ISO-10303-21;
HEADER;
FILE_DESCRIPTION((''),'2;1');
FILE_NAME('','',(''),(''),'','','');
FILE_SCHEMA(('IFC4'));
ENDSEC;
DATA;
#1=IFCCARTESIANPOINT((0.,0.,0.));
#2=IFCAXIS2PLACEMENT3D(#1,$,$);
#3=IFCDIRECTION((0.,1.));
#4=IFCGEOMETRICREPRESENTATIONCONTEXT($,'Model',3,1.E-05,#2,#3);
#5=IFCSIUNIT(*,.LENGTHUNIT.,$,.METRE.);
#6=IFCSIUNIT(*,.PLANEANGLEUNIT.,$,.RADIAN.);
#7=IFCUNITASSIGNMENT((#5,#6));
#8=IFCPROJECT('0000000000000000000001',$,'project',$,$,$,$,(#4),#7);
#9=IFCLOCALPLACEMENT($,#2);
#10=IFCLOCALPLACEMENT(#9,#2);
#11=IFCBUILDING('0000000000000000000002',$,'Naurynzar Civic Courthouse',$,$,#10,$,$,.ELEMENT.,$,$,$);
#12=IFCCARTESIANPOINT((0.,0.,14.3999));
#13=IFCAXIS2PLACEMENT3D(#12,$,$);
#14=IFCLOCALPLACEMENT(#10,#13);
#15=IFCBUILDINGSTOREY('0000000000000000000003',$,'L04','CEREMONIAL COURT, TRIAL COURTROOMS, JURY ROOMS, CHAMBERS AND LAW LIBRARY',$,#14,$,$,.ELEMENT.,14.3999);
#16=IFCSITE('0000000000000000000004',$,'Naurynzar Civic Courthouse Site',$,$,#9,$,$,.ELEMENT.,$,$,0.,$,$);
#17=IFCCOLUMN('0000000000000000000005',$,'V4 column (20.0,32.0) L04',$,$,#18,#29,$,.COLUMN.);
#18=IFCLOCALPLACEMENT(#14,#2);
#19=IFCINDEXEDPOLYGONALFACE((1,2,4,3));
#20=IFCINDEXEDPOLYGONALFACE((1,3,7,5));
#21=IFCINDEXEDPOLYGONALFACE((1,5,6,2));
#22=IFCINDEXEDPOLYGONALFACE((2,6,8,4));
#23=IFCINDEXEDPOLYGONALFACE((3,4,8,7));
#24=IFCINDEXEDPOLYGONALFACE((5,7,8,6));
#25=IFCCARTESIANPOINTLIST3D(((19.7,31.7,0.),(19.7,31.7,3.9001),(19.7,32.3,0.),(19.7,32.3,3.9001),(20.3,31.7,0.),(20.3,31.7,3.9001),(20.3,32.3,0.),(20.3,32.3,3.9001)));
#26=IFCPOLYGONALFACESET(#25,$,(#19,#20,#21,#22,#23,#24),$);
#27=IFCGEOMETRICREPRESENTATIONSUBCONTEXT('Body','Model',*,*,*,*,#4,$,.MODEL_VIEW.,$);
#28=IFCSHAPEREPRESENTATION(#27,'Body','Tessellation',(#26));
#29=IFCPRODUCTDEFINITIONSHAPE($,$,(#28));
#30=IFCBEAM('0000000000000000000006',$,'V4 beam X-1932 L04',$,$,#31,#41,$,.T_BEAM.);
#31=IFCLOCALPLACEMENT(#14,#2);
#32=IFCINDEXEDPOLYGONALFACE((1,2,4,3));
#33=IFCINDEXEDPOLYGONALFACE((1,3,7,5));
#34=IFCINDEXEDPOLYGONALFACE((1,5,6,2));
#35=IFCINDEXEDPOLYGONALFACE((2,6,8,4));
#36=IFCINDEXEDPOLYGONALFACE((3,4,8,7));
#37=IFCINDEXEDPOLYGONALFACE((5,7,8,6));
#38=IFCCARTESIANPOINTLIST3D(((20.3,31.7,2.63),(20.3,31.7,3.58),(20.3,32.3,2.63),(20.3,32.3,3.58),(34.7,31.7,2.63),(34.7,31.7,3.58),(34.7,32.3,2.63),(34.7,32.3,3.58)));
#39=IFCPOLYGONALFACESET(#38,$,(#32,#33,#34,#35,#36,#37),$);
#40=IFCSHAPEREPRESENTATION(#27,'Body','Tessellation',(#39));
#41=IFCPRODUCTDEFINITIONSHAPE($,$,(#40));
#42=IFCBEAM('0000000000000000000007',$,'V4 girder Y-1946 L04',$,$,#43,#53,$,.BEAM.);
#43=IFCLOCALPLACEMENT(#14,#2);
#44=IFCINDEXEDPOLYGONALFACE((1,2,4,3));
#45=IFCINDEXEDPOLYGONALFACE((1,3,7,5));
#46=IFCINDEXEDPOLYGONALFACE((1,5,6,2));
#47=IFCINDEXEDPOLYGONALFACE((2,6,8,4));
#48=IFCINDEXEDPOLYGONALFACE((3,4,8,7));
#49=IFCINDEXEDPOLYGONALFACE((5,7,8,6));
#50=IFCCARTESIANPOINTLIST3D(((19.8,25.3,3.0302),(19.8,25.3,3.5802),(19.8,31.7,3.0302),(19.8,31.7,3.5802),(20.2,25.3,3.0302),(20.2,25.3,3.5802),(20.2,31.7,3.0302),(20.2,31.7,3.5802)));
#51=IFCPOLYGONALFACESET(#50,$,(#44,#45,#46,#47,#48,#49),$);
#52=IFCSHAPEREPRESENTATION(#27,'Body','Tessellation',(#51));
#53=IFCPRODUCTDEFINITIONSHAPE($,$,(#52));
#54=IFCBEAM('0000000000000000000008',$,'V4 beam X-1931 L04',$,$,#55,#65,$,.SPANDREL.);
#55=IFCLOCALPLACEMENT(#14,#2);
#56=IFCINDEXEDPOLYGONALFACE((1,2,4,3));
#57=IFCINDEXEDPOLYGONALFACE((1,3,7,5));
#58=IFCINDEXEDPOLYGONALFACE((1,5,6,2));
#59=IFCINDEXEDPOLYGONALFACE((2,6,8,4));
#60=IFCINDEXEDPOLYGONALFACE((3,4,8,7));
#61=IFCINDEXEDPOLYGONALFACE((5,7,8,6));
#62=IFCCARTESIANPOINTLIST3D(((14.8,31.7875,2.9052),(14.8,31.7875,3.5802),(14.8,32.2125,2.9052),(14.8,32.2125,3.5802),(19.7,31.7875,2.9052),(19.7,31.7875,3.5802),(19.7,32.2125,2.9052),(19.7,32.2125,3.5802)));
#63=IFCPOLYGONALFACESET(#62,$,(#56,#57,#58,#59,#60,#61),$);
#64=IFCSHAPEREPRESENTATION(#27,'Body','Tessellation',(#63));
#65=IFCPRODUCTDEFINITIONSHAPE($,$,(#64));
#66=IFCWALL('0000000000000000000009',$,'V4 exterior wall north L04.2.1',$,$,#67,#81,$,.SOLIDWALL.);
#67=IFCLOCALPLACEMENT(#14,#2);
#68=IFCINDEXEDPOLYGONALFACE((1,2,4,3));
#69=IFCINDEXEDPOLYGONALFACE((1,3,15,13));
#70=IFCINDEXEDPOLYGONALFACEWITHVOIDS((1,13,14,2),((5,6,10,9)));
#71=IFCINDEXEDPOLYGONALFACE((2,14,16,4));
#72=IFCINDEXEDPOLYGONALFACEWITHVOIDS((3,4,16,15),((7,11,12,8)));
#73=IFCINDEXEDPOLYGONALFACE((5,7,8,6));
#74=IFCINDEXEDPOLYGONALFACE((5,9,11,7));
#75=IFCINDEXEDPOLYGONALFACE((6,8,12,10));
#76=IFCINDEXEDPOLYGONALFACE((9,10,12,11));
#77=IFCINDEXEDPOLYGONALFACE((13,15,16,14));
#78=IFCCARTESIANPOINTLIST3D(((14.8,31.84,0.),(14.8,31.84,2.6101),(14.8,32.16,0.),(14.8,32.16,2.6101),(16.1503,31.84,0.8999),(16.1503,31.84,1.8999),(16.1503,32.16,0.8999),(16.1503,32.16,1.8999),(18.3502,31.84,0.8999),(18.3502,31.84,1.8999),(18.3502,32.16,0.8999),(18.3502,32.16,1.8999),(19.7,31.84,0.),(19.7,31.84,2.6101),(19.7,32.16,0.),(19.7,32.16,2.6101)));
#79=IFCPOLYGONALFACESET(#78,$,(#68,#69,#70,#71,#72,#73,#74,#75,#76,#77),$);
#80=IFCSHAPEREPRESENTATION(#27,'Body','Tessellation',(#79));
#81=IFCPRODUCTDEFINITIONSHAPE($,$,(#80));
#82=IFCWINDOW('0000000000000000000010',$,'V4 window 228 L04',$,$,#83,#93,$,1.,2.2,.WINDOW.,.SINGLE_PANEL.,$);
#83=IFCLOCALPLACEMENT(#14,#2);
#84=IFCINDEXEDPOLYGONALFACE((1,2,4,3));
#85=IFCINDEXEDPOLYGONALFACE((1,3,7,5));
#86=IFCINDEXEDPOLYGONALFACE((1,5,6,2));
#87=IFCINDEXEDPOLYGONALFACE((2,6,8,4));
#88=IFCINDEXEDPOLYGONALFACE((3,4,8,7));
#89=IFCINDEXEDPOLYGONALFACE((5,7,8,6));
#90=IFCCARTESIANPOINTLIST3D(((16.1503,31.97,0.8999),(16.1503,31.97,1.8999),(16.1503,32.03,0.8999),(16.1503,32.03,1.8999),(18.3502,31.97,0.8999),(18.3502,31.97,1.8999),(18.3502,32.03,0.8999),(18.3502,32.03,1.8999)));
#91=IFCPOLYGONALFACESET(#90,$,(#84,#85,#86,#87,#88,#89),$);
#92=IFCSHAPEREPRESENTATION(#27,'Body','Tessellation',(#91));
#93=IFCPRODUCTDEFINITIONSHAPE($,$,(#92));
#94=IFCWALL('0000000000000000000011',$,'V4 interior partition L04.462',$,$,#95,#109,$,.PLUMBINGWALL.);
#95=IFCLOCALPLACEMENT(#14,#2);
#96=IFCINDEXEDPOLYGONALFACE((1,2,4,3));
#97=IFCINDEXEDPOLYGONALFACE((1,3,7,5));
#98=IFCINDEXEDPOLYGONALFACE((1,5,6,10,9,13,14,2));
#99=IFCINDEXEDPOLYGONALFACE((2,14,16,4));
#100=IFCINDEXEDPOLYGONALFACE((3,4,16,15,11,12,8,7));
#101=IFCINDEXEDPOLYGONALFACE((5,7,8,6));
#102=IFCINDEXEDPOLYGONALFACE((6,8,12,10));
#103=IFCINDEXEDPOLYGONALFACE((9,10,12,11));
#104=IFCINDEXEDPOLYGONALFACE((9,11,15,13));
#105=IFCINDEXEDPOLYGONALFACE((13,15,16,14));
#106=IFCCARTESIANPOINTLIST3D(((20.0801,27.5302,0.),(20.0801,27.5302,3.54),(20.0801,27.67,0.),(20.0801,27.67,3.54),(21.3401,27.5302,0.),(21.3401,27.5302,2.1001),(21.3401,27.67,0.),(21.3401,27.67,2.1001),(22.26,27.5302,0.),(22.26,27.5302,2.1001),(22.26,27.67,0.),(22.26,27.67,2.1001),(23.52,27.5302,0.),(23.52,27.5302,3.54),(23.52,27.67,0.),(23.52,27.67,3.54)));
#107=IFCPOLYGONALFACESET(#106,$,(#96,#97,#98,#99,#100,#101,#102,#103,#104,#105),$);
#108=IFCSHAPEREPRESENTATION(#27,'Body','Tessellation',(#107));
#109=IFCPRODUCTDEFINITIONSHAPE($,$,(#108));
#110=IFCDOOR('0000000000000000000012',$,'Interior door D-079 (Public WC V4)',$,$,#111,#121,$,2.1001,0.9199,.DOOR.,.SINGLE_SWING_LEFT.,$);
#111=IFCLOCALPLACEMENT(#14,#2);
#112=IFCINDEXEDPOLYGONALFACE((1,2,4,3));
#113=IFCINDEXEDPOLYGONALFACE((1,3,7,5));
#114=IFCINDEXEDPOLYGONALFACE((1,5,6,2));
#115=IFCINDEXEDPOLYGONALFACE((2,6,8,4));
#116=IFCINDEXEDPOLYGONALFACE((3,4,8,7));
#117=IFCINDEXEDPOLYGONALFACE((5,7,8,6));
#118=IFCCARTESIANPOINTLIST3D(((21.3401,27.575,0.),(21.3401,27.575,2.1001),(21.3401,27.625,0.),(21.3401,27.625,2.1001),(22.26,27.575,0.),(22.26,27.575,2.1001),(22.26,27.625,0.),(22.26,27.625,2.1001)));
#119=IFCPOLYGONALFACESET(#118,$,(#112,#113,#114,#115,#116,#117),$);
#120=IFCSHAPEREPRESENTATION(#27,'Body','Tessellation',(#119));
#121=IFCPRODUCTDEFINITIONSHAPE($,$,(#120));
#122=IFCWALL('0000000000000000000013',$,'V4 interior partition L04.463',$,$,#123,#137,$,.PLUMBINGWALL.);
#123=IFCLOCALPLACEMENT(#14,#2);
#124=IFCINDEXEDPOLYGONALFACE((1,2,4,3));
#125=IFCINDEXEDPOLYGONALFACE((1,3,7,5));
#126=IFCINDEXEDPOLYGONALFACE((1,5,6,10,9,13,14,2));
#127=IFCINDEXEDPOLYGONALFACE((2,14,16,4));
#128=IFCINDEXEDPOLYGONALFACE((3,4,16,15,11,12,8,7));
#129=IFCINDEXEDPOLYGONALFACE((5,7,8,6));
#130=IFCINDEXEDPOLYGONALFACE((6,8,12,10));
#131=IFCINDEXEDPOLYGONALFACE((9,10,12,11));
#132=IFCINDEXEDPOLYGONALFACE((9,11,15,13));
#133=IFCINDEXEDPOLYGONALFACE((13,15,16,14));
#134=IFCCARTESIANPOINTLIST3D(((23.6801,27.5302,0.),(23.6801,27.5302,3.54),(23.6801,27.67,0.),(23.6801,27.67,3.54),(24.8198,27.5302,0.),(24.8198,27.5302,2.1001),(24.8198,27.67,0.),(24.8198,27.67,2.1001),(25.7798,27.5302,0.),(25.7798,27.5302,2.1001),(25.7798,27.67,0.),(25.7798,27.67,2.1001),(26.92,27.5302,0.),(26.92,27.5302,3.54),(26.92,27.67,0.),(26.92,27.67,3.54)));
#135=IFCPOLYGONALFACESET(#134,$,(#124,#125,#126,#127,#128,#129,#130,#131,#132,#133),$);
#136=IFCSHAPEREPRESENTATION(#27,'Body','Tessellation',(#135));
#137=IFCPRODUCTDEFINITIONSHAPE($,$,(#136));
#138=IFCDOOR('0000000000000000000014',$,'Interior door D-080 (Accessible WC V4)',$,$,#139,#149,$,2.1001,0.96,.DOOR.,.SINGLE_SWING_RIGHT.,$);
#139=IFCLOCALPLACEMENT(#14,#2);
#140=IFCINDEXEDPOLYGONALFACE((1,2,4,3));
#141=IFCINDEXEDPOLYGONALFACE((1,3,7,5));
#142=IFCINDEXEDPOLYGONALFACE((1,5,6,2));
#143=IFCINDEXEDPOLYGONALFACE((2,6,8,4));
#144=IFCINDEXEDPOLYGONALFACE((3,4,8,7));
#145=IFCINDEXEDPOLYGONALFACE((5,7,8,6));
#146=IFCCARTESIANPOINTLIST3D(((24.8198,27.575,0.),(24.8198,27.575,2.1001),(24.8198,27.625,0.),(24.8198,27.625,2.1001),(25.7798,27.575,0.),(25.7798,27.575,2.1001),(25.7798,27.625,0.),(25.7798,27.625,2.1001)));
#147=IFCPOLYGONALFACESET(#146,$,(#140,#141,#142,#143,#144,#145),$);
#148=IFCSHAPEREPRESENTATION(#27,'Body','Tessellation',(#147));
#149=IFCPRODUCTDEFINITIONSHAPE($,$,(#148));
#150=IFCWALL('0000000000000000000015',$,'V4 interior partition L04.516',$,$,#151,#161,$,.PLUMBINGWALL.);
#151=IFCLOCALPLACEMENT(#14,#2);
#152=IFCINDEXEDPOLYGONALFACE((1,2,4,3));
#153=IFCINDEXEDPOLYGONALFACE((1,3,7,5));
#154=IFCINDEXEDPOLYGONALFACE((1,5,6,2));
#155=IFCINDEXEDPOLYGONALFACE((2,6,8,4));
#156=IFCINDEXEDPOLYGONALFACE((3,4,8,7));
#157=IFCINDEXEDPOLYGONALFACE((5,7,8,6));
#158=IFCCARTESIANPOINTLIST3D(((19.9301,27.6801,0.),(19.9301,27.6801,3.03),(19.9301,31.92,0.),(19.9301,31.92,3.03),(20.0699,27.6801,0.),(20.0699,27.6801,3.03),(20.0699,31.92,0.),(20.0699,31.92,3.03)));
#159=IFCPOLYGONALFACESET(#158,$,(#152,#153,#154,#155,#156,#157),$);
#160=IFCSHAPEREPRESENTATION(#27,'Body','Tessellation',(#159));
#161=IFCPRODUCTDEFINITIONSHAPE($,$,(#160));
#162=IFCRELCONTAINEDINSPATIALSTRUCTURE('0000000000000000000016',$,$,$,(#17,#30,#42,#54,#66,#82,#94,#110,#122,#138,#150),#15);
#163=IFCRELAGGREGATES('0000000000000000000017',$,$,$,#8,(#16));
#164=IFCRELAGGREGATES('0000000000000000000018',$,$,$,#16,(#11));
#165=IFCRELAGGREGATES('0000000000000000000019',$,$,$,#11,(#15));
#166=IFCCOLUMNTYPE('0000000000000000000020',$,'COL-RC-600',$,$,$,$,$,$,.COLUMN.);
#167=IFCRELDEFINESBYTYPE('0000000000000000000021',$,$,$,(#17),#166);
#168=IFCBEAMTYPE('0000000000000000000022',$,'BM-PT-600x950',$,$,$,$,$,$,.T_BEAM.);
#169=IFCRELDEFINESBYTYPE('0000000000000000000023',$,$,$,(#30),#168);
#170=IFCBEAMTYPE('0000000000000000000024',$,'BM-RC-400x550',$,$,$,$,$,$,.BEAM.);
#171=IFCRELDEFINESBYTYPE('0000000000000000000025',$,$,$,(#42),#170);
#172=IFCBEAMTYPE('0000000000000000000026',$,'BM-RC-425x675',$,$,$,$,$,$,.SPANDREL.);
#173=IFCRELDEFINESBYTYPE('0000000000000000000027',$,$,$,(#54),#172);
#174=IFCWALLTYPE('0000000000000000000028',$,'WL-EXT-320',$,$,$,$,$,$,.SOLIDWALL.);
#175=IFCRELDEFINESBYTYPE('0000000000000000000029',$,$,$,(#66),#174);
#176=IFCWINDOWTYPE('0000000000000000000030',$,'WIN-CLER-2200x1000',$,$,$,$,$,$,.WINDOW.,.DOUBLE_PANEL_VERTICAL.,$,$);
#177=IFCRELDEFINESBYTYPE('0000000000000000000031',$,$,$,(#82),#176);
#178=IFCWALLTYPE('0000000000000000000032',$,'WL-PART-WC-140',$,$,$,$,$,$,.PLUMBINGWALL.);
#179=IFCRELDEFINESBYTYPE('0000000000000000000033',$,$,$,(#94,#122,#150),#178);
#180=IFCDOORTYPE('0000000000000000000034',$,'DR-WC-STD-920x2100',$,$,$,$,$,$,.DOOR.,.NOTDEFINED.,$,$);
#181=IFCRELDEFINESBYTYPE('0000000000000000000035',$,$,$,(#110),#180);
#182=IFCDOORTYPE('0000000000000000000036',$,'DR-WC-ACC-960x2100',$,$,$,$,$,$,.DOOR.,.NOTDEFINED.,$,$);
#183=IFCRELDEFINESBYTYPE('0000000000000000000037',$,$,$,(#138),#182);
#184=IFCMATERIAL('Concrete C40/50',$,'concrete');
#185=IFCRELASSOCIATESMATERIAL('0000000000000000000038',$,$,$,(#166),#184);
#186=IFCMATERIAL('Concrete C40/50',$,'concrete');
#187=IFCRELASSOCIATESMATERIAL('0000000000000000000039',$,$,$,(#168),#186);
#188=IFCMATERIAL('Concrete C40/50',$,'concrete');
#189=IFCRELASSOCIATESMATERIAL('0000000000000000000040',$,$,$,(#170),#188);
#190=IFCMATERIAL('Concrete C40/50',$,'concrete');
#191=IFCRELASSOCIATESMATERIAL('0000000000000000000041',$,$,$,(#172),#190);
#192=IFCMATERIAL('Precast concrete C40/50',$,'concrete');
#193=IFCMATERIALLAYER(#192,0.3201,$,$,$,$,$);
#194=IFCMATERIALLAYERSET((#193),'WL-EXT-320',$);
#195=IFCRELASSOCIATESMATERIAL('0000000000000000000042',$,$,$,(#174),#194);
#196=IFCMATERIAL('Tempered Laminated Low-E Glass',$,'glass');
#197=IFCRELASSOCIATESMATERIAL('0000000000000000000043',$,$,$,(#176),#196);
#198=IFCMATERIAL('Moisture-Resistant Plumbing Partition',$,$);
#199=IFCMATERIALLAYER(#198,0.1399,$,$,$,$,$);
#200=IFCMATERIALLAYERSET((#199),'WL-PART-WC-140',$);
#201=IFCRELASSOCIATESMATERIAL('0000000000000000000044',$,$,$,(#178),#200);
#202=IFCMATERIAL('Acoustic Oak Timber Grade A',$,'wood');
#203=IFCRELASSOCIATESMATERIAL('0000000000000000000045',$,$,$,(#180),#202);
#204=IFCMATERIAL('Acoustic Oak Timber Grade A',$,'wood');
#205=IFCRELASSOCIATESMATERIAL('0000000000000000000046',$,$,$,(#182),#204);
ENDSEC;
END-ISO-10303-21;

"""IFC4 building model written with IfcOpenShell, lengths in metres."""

from ifc_helpers import new_model, si_unit, direction, frame, frame_2d, origin, origin_2d, place, context, subcontext, project, spatial, rectangle, extrude, material, layer, layer_set, material_profile, profile_set, type_object, element, fill, save


model = new_model("IFC4")

# Units and contexts
model_context = context("Model", 3, precision=1e-05, world=origin(), true_north=direction((0.0, 1.0)))
body_context = subcontext(model_context, "Body", "Model", "MODEL_VIEW")
ifc_project = project(units=[si_unit("LENGTHUNIT", "METRE"), si_unit("PLANEANGLEUNIT", "RADIAN")], contexts=[model_context])

# Site, building, storey
site_placement = place(None, origin())
site = spatial("IfcSite", under=ifc_project, at=site_placement, Name="Naurynzar Civic Courthouse Site", CompositionType="ELEMENT", RefElevation=0.0)
building_placement = place(site_placement, origin())
building = spatial("IfcBuilding", under=site, at=building_placement, Name="Naurynzar Civic Courthouse", CompositionType="ELEMENT")
storey_placement = place(building_placement, frame((0.0, 0.0, 14.3999)))
storey = spatial("IfcBuildingStorey", under=building, at=storey_placement, Name="L04", Description="CEREMONIAL COURT, TRIAL COURTROOMS, JURY ROOMS, CHAMBERS AND LAW LIBRARY", CompositionType="ELEMENT", Elevation=14.3999)

# Column
ifc_material_1 = material(Name="Concrete C40/50", Category="concrete")
ifc_material_profile_1 = material_profile(ifc_material_1, rectangle(XDim=0.6001, YDim=0.6001, at=origin_2d()), Name="RC 600x600")
ifc_profile_set_1 = profile_set([ifc_material_profile_1], Name="Concrete C40/50")
column_type = type_object("IfcColumnType", Name="COL-RC-600", PredefinedType="COLUMN", material=ifc_profile_set_1)
column_placement = place(storey_placement, frame((20.0, 32.0, 0.0), z_axis=(0.0, 0.0, 1.0), x_axis=(1.0, 0.0, 0.0)))
element("IfcColumn", 1, at=column_placement, inside=storey, type_object=column_type, Name="V4 column (20.0,32.0) L04", PredefinedType="COLUMN", context=body_context, shape_type="SweptSolid", body=[
    extrude(rectangle(XDim=0.6001, YDim=0.6001, at=origin_2d()), origin(), (0.0, 0.0, 1.0), 3.9001),
])

# Beams
ifc_material_2 = material(Name="Concrete C40/50", Category="concrete")
ifc_material_profile_2 = material_profile(ifc_material_2, rectangle(XDim=0.6001, YDim=0.95, at=origin_2d()), Name="PTB 600x950")
ifc_profile_set_2 = profile_set([ifc_material_profile_2], Name="Concrete C40/50")
beam_type_1 = type_object("IfcBeamType", Name="BM-PT-600x950", PredefinedType="T_BEAM", material=ifc_profile_set_2)
beam_1_placement = place(storey_placement, frame((20.3, 32.0, 3.105), z_axis=(1.0, 0.0, 0.0), x_axis=(0.0, 1.0, 0.0)))
element("IfcBeam", 2, at=beam_1_placement, inside=storey, type_object=beam_type_1, Name="V4 beam X-1932 L04", PredefinedType="T_BEAM", context=body_context, shape_type="SweptSolid", body=[
    extrude(rectangle(XDim=0.6001, YDim=0.95, at=origin_2d()), origin(), (0.0, 0.0, 1.0), 14.3999),
])
ifc_material_3 = material(Name="Concrete C40/50", Category="concrete")
ifc_material_profile_3 = material_profile(ifc_material_3, rectangle(XDim=0.3999, YDim=0.55, at=origin_2d()), Name="RCB 400x550")
ifc_profile_set_3 = profile_set([ifc_material_profile_3], Name="Concrete C40/50")
beam_type_2 = type_object("IfcBeamType", Name="BM-RC-400x550", PredefinedType="BEAM", material=ifc_profile_set_3)
beam_2_placement = place(storey_placement, frame((20.0, 25.3, 3.3052), z_axis=(0.0, 1.0, 0.0), x_axis=(-1.0, 0.0, 0.0)))
element("IfcBeam", 3, at=beam_2_placement, inside=storey, type_object=beam_type_2, Name="V4 girder Y-1946 L04", PredefinedType="BEAM", context=body_context, shape_type="SweptSolid", body=[
    extrude(rectangle(XDim=0.3999, YDim=0.55, at=origin_2d()), origin(), (0.0, 0.0, 1.0), 6.3999),
])
ifc_material_4 = material(Name="Concrete C40/50", Category="concrete")
ifc_material_profile_4 = material_profile(ifc_material_4, rectangle(XDim=0.425, YDim=0.675, at=origin_2d()), Name="RCB 425x675")
ifc_profile_set_4 = profile_set([ifc_material_profile_4], Name="Concrete C40/50")
beam_type_3 = type_object("IfcBeamType", Name="BM-RC-425x675", PredefinedType="SPANDREL", material=ifc_profile_set_4)
beam_3_placement = place(storey_placement, frame((14.8, 32.0, 3.2427), z_axis=(1.0, 0.0, 0.0), x_axis=(0.0, 1.0, 0.0)))
element("IfcBeam", 4, at=beam_3_placement, inside=storey, type_object=beam_type_3, Name="V4 beam X-1931 L04", PredefinedType="SPANDREL", context=body_context, shape_type="SweptSolid", body=[
    extrude(rectangle(XDim=0.425, YDim=0.675, at=origin_2d()), origin(), (0.0, 0.0, 1.0), 4.8999),
])

# Wall, opening, window
ifc_material_5 = material(Name="Precast concrete C40/50", Category="concrete")
ifc_layer_1 = layer(ifc_material_5, 0.3201)
ifc_layer_set_1 = layer_set([ifc_layer_1], Name="WL-EXT-320")
wall_type_1 = type_object("IfcWallType", Name="WL-EXT-320", PredefinedType="SOLIDWALL", material=ifc_layer_set_1)
wall_1_placement = place(storey_placement, frame((14.8, 32.0, 0.0), z_axis=(0.0, 0.0, 1.0), x_axis=(1.0, 0.0, 0.0)))
wall_1 = element("IfcWall", 5, at=wall_1_placement, inside=storey, type_object=wall_type_1, Name="V4 exterior wall north L04.2.1", PredefinedType="SOLIDWALL", context=body_context, shape_type="SweptSolid", body=[
    extrude(rectangle(XDim=4.8999, YDim=0.3201, at=frame_2d((2.45, 0.0))), origin(), (0.0, 0.0, 1.0), 2.6101),
])
opening_1_placement = place(wall_1_placement, frame((1.3501, 0.0, 0.8999)))
opening_1 = element("IfcOpeningElement", 6, at=opening_1_placement, cuts=wall_1, PredefinedType="OPENING", context=body_context, shape_type="SweptSolid", body=[
    extrude(rectangle(XDim=2.2, YDim=1.0, at=frame_2d((1.1001, 0.5))), frame((0.0, 0.1699, 0.0), z_axis=(0.0, -1.0, 0.0), x_axis=(1.0, 0.0, 0.0)), (0.0, 0.0, 1.0), 0.3401),
])
ifc_material_6 = material(Name="Tempered Laminated Low-E Glass", Category="glass")
window_type_1 = type_object("IfcWindowType", Name="WIN-CLER-2200x1000", PartitioningType="DOUBLE_PANEL_VERTICAL", PredefinedType="WINDOW", material=ifc_material_6)
window_1_placement = place(opening_1_placement, origin())
window_1 = element("IfcWindow", 7, at=window_1_placement, inside=storey, type_object=window_type_1, Name="V4 window 228 L04", OverallHeight=1.0, OverallWidth=2.2, PartitioningType="SINGLE_PANEL", PredefinedType="WINDOW", context=body_context, shape_type="SweptSolid", body=[
    extrude(rectangle(XDim=2.2, YDim=1.0, at=frame_2d((1.1001, 0.5))), frame((0.0, 0.03, 0.0), z_axis=(0.0, -1.0, 0.0), x_axis=(1.0, 0.0, 0.0)), (0.0, 0.0, 1.0), 0.0601),
])
fill(opening_1, window_1)

# Walls, openings, doors
ifc_material_7 = material(Name="Moisture-Resistant Plumbing Partition")
ifc_layer_2 = layer(ifc_material_7, 0.1399)
ifc_layer_set_2 = layer_set([ifc_layer_2], Name="WL-PART-WC-140")
wall_type_2 = type_object("IfcWallType", Name="WL-PART-WC-140", PredefinedType="PLUMBINGWALL", material=ifc_layer_set_2)
wall_2_placement = place(storey_placement, frame((20.0801, 27.6001, 0.0), z_axis=(0.0, 0.0, 1.0), x_axis=(1.0, 0.0, 0.0)))
wall_2 = element("IfcWall", 8, at=wall_2_placement, inside=storey, type_object=wall_type_2, Name="V4 interior partition L04.462", PredefinedType="PLUMBINGWALL", context=body_context, shape_type="SweptSolid", body=[
    extrude(rectangle(XDim=3.4399, YDim=0.1399, at=frame_2d((1.72, 0.0))), origin(), (0.0, 0.0, 1.0), 3.54),
])
opening_2_placement = place(wall_2_placement, frame((1.26, 0.0, 0.0)))
opening_2 = element("IfcOpeningElement", 9, at=opening_2_placement, cuts=wall_2, PredefinedType="OPENING", context=body_context, shape_type="SweptSolid", body=[
    extrude(rectangle(XDim=0.9199, YDim=2.1001, at=frame_2d((0.46, 1.05))), frame((0.0, 0.0798, 0.0), z_axis=(0.0, -1.0, 0.0), x_axis=(1.0, 0.0, 0.0)), (0.0, 0.0, 1.0), 0.1599),
])
ifc_material_8 = material(Name="Acoustic Oak Timber Grade A", Category="wood")
door_type_1 = type_object("IfcDoorType", Name="DR-WC-STD-920x2100", OperationType="NOTDEFINED", PredefinedType="DOOR", material=ifc_material_8)
door_1_placement = place(opening_2_placement, origin())
door_1 = element("IfcDoor", 10, at=door_1_placement, inside=storey, type_object=door_type_1, Name="Interior door D-079 (Public WC V4)", OperationType="SINGLE_SWING_LEFT", OverallHeight=2.1001, OverallWidth=0.9199, PredefinedType="DOOR", context=body_context, shape_type="SweptSolid", body=[
    extrude(rectangle(XDim=0.9199, YDim=2.1001, at=frame_2d((0.46, 1.05))), frame((0.0, 0.0249, 0.0), z_axis=(0.0, -1.0, 0.0), x_axis=(1.0, 0.0, 0.0)), (0.0, 0.0, 1.0), 0.05),
])
fill(opening_2, door_1)
wall_3_placement = place(storey_placement, frame((23.6799, 27.6001, 0.0), z_axis=(0.0, 0.0, 1.0), x_axis=(1.0, 0.0, 0.0)))
wall_3 = element("IfcWall", 11, at=wall_3_placement, inside=storey, type_object=wall_type_2, Name="V4 interior partition L04.463", PredefinedType="PLUMBINGWALL", context=body_context, shape_type="SweptSolid", body=[
    extrude(rectangle(XDim=3.24, YDim=0.1399, at=frame_2d((1.6201, 0.0))), origin(), (0.0, 0.0, 1.0), 3.54),
])
opening_3_placement = place(wall_3_placement, frame((1.1399, 0.0, 0.0)))
opening_3 = element("IfcOpeningElement", 12, at=opening_3_placement, cuts=wall_3, PredefinedType="OPENING", context=body_context, shape_type="SweptSolid", body=[
    extrude(rectangle(XDim=0.96, YDim=2.1001, at=frame_2d((0.48, 1.05))), frame((0.0, 0.0798, 0.0), z_axis=(0.0, -1.0, 0.0), x_axis=(1.0, 0.0, 0.0)), (0.0, 0.0, 1.0), 0.1599),
])
ifc_material_9 = material(Name="Acoustic Oak Timber Grade A", Category="wood")
door_type_2 = type_object("IfcDoorType", Name="DR-WC-ACC-960x2100", OperationType="NOTDEFINED", PredefinedType="DOOR", material=ifc_material_9)
door_2_placement = place(opening_3_placement, origin())
door_2 = element("IfcDoor", 13, at=door_2_placement, inside=storey, type_object=door_type_2, Name="Interior door D-080 (Accessible WC V4)", OperationType="SINGLE_SWING_RIGHT", OverallHeight=2.1001, OverallWidth=0.96, PredefinedType="DOOR", context=body_context, shape_type="SweptSolid", body=[
    extrude(rectangle(XDim=0.96, YDim=2.1001, at=frame_2d((0.48, 1.05))), frame((0.0, 0.0249, 0.0), z_axis=(0.0, -1.0, 0.0), x_axis=(1.0, 0.0, 0.0)), (0.0, 0.0, 1.0), 0.05),
])
fill(opening_3, door_2)

# Wall
wall_4_placement = place(storey_placement, frame((20.0, 27.6799, 0.0), z_axis=(0.0, 0.0, 1.0), x_axis=(0.0, 1.0, 0.0)))
element("IfcWall", 14, at=wall_4_placement, inside=storey, type_object=wall_type_2, Name="V4 interior partition L04.516", PredefinedType="PLUMBINGWALL", context=body_context, shape_type="SweptSolid", body=[
    extrude(rectangle(XDim=4.24, YDim=0.1399, at=frame_2d((2.1201, 0.0))), origin(), (0.0, 0.0, 1.0), 3.03),
])

save(model, "model.ifc")
